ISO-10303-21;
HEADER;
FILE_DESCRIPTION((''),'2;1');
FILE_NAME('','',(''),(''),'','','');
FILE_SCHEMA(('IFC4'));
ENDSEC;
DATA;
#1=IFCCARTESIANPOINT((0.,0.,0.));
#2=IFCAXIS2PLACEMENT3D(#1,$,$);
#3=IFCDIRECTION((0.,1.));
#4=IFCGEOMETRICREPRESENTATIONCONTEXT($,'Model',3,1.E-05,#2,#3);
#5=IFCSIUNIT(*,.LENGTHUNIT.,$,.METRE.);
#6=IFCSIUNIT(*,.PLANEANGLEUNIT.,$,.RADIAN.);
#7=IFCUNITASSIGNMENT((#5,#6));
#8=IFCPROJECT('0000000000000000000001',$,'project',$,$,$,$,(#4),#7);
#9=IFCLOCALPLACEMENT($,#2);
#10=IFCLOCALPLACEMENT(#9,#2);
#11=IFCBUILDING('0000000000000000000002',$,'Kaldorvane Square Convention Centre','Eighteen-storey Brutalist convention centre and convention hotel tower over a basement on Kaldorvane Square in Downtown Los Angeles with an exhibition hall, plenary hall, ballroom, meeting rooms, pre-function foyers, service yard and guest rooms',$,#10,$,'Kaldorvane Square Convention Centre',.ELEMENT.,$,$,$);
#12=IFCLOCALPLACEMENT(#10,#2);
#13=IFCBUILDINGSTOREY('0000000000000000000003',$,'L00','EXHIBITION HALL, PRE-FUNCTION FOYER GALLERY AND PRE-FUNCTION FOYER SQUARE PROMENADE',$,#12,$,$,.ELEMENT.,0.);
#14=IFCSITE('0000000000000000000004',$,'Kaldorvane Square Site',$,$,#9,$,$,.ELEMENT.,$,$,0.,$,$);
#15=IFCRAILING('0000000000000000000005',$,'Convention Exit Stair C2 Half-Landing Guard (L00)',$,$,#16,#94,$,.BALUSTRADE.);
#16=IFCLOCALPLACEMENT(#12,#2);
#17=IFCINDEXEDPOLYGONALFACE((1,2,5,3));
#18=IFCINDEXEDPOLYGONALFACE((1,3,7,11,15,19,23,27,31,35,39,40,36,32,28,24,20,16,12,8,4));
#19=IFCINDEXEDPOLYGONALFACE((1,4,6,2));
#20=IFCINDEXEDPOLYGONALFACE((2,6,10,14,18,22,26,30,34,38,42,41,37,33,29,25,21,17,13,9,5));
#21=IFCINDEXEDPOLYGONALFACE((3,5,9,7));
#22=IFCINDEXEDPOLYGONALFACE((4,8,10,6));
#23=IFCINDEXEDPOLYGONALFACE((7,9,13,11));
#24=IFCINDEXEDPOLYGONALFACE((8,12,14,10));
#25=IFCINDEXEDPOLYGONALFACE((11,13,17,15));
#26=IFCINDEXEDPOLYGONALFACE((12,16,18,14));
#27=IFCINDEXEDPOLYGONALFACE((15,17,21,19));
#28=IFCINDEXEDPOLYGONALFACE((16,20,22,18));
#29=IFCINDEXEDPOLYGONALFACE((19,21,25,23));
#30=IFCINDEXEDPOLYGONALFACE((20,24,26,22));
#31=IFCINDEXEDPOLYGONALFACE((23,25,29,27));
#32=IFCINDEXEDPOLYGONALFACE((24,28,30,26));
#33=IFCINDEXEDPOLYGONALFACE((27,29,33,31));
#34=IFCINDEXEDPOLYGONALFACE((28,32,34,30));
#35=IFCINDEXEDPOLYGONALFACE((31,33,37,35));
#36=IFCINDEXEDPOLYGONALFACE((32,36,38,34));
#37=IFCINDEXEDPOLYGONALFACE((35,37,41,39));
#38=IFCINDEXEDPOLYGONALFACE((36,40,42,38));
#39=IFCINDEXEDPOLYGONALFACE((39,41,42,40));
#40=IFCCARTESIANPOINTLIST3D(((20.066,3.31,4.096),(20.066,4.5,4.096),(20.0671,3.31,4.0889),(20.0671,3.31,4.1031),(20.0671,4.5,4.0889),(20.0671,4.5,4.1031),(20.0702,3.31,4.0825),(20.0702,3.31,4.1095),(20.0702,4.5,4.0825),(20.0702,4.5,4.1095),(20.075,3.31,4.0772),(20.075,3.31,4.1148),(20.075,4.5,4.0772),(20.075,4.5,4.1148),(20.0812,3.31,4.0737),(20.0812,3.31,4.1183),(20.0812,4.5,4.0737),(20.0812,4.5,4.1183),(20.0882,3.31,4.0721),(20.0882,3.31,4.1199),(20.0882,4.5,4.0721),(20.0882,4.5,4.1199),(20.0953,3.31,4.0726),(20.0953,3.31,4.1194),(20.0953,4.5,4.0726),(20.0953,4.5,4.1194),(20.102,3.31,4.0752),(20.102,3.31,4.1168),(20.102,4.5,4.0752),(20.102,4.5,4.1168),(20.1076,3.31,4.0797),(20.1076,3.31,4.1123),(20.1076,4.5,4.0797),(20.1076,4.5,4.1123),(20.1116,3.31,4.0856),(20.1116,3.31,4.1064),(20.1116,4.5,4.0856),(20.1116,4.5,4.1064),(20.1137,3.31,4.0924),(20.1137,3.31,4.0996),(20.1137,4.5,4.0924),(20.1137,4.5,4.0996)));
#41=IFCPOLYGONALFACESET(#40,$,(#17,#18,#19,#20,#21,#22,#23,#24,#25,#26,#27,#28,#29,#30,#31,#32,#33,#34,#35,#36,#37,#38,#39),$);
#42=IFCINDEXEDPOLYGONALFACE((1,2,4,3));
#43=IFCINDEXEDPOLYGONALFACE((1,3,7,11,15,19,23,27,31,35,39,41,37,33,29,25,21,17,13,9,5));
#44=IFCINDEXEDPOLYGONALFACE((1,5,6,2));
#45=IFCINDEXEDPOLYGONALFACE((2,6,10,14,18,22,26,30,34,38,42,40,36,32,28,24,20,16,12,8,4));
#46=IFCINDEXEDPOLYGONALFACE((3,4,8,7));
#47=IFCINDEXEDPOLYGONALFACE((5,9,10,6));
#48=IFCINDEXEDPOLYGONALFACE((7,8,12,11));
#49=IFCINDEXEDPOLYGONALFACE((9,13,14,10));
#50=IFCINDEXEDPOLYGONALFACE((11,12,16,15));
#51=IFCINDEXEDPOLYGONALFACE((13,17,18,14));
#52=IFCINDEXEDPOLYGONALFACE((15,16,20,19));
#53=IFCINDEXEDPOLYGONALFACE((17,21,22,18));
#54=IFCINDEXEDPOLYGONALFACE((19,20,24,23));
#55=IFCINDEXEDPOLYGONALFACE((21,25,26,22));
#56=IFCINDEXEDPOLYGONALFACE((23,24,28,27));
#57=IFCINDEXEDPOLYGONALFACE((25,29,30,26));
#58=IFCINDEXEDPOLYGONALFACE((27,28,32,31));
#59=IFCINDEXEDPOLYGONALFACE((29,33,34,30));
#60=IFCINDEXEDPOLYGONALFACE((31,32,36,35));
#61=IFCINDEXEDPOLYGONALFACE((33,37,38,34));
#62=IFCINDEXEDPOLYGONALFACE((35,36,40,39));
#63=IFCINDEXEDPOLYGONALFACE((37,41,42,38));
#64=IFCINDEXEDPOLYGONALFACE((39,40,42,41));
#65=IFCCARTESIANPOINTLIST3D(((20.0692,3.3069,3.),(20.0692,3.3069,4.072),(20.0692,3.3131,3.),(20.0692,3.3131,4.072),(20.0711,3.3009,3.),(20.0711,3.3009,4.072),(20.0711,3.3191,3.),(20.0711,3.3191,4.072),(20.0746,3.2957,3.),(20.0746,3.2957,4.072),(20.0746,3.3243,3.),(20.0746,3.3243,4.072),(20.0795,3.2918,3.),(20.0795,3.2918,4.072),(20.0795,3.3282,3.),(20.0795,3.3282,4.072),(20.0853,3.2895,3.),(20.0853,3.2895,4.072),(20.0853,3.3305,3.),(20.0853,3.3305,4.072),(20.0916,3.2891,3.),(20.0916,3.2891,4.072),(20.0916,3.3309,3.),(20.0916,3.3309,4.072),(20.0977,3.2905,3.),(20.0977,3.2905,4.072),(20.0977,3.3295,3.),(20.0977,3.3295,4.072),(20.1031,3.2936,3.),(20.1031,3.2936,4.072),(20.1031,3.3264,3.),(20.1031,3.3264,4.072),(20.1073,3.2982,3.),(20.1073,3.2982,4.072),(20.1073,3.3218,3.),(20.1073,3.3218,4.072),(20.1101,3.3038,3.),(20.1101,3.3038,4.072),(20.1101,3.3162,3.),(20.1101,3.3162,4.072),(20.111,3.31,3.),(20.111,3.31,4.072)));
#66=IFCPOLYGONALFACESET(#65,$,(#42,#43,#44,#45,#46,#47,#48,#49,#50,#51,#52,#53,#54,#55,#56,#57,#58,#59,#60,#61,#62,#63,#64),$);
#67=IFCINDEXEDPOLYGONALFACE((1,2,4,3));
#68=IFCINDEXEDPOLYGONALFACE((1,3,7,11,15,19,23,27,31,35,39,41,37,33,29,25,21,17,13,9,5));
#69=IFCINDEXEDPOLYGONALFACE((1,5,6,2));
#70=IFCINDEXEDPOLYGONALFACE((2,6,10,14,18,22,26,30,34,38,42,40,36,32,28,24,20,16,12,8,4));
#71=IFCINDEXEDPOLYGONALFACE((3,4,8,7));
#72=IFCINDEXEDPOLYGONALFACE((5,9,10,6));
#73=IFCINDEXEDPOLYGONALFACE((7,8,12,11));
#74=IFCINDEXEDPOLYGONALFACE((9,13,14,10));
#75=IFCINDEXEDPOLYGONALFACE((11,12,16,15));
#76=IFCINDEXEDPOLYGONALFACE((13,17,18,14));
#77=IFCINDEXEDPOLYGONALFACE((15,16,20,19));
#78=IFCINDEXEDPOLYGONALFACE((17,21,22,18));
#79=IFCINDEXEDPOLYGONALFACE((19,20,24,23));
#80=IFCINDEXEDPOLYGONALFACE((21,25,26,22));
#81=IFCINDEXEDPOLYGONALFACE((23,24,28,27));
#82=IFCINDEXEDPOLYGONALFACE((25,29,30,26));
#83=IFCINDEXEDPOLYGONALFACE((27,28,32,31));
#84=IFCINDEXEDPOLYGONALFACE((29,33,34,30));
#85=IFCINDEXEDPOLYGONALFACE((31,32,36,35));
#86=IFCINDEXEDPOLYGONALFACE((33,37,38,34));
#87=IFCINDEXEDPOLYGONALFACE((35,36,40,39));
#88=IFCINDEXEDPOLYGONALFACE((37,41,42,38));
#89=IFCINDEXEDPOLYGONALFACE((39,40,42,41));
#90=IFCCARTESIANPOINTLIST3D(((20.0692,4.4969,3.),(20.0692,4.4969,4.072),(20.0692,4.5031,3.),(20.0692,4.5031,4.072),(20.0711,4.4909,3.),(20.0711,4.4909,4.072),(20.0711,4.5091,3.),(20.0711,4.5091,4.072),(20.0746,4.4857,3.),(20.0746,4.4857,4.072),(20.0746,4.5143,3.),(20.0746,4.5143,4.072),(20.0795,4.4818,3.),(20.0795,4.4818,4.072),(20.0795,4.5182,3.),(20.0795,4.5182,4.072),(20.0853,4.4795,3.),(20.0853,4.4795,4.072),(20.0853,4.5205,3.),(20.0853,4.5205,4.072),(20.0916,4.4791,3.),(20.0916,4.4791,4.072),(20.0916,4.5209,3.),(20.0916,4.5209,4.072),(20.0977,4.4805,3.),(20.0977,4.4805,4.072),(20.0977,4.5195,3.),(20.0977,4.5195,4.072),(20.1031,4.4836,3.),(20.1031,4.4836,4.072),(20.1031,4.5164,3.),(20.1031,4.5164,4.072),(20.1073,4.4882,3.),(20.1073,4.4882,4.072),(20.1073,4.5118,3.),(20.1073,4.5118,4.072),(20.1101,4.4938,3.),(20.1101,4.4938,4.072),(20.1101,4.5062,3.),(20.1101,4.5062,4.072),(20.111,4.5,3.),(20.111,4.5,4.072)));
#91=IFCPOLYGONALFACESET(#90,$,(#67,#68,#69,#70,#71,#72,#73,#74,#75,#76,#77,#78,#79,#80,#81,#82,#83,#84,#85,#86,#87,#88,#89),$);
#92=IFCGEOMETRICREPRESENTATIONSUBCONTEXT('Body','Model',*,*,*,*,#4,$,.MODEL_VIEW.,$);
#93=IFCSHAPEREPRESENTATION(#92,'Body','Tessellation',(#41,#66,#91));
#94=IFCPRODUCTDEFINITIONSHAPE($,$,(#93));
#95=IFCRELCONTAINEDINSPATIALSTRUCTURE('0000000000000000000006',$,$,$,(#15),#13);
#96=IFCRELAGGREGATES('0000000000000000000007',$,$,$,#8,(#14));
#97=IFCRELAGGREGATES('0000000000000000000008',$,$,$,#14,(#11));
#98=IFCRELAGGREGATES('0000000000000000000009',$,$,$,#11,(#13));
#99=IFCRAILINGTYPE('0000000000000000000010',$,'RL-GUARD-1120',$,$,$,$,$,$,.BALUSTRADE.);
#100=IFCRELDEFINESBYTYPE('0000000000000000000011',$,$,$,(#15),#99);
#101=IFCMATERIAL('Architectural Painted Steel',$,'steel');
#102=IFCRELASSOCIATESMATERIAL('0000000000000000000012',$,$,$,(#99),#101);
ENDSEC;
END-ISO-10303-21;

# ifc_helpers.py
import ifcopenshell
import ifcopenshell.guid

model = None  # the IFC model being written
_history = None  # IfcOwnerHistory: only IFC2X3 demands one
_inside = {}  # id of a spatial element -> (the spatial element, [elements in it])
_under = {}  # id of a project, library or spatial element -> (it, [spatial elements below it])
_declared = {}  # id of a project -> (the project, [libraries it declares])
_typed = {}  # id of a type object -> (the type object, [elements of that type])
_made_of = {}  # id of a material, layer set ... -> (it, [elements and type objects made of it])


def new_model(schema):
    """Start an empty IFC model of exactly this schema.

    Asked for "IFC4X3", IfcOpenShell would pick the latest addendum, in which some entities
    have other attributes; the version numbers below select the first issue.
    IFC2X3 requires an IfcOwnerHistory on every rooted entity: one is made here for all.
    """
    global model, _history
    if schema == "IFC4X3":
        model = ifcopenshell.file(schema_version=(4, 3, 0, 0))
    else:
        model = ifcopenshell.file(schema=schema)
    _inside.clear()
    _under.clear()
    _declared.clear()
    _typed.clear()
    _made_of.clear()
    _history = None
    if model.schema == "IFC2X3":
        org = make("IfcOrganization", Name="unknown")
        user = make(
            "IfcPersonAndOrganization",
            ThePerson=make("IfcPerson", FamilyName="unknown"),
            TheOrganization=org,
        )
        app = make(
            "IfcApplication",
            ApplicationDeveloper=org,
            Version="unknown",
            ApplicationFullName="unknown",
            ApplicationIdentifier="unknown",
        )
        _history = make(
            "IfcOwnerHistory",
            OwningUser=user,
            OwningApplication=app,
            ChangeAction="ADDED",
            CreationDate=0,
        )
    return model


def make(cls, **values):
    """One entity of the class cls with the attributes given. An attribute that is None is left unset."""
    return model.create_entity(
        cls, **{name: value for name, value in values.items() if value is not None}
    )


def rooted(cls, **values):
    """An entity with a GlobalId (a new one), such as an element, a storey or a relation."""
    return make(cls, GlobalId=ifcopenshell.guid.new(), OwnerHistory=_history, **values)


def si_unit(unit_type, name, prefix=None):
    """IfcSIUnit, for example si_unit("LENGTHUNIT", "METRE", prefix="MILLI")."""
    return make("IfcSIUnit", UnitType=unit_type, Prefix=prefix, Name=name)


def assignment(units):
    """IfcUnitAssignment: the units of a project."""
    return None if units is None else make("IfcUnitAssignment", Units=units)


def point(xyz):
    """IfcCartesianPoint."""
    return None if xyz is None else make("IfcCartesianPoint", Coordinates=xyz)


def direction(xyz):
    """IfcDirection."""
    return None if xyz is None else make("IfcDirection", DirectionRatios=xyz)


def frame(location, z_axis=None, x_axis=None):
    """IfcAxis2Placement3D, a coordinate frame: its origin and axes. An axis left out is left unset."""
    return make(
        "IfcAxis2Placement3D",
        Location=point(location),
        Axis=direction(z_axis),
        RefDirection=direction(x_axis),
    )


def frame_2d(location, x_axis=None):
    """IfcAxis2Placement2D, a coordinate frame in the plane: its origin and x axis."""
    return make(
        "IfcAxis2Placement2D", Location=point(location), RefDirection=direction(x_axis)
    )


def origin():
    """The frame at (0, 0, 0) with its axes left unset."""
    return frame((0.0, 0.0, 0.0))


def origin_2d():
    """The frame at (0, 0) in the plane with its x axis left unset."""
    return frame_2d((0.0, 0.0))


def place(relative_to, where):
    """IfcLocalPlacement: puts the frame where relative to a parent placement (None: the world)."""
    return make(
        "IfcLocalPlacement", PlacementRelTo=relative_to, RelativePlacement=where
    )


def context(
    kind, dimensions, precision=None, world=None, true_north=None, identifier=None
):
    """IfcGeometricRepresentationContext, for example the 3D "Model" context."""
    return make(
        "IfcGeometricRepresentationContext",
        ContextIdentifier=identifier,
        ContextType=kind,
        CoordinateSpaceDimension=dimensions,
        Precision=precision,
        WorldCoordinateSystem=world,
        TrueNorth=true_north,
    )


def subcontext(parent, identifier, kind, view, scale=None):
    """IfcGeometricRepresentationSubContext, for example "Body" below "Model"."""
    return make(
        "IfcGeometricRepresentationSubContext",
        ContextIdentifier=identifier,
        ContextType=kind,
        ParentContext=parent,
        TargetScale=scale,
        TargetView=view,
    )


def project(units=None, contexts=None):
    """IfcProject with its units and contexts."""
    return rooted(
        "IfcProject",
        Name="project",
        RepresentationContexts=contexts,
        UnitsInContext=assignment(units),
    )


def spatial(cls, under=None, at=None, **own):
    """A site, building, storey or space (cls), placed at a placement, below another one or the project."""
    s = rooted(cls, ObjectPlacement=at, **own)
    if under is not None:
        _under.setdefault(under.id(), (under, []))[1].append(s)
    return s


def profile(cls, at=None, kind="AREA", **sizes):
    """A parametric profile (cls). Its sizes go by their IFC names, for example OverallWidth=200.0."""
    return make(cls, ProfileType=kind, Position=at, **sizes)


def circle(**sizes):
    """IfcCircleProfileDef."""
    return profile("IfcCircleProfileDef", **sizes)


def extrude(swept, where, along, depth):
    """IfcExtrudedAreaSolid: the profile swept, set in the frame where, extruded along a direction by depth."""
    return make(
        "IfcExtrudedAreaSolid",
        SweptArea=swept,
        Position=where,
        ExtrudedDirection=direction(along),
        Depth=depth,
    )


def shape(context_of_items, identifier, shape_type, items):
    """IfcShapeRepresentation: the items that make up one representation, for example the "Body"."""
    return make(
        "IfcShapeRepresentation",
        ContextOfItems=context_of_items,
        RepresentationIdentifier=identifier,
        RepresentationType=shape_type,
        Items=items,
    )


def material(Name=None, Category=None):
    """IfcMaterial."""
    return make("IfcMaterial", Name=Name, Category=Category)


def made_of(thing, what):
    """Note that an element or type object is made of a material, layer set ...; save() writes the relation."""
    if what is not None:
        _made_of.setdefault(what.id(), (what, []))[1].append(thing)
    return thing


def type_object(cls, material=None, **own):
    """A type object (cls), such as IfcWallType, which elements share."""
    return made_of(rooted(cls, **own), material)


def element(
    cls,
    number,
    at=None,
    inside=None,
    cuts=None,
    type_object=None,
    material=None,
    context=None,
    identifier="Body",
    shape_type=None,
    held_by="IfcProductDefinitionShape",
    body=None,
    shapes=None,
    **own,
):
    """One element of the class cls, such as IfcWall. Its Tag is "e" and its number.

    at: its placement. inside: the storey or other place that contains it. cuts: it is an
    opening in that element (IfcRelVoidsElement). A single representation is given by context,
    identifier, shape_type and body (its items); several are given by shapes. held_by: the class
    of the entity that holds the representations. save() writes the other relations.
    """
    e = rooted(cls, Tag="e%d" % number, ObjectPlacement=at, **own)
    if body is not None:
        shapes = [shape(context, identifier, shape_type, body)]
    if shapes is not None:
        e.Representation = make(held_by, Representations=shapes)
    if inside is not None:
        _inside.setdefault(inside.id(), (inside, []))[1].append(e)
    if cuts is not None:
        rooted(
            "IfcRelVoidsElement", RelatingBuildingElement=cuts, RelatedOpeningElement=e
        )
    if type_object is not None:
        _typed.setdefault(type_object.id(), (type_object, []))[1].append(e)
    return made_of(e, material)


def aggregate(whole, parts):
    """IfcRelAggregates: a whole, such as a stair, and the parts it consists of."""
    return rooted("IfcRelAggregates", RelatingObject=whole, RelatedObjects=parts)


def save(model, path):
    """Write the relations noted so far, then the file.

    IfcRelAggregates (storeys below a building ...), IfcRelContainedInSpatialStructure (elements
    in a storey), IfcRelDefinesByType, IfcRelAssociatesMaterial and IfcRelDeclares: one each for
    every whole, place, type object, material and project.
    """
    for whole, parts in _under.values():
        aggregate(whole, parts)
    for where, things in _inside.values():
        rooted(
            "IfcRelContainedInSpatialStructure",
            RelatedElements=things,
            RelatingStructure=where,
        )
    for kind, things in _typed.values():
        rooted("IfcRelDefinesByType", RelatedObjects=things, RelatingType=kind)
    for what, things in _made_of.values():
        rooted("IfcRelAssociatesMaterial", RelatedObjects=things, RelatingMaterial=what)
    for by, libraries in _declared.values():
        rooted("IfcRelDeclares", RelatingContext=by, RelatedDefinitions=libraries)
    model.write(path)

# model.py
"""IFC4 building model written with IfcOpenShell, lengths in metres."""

from ifc_helpers import new_model, si_unit, direction, frame, origin, origin_2d, place, context, subcontext, project, spatial, circle, extrude, material, type_object, element, save


model = new_model("IFC4")

# Units and contexts
model_context = context("Model", 3, precision=1e-05, world=origin(), true_north=direction((0.0, 1.0)))
body_context = subcontext(model_context, "Body", "Model", "MODEL_VIEW")
ifc_project = project(units=[si_unit("LENGTHUNIT", "METRE"), si_unit("PLANEANGLEUNIT", "RADIAN")], contexts=[model_context])

# Site, building, storey
site_placement = place(None, origin())
site = spatial("IfcSite", under=ifc_project, at=site_placement, Name="Kaldorvane Square Site", CompositionType="ELEMENT", RefElevation=0.0)
building_placement = place(site_placement, origin())
building = spatial("IfcBuilding", under=site, at=building_placement, Name="Kaldorvane Square Convention Centre", Description="Eighteen-storey Brutalist convention centre and convention hotel tower over a basement on Kaldorvane Square in Downtown Los Angeles with an exhibition hall, plenary hall, ballroom, meeting rooms, pre-function foyers, service yard and guest rooms", LongName="Kaldorvane Square Convention Centre", CompositionType="ELEMENT")
storey_placement = place(building_placement, origin())
storey = spatial("IfcBuildingStorey", under=building, at=storey_placement, Name="L00", Description="EXHIBITION HALL, PRE-FUNCTION FOYER GALLERY AND PRE-FUNCTION FOYER SQUARE PROMENADE", CompositionType="ELEMENT", Elevation=0.0)

# Railing
ifc_material_1 = material(Name="Architectural Painted Steel", Category="steel")
railing_type_1 = type_object("IfcRailingType", Name="RL-GUARD-1120", PredefinedType="BALUSTRADE", material=ifc_material_1)
for number, where, name in (
    (1, (20.09, 3.31, 3.0), "Convention Exit Stair C2 Half-Landing Guard (L00)"),
):
    element("IfcRailing", number, at=place(storey_placement, frame(where)), inside=storey, type_object=railing_type_1, Name=name, PredefinedType="BALUSTRADE", context=body_context, shape_type="SweptSolid", body=[
        extrude(circle(Radius=0.024, at=origin_2d()), frame((0.0, 0.0, 1.096), z_axis=(0.0, 1.0, 0.0), x_axis=(-1.0, 0.0, 0.0)), (0.0, 0.0, 1.0), 1.19),
        extrude(circle(Radius=0.021, at=origin_2d()), origin(), (0.0, 0.0, 1.0), 1.072),
        extrude(circle(Radius=0.021, at=origin_2d()), frame((0.0, 1.19, 0.0)), (0.0, 0.0, 1.0), 1.072),
    ])

save(model, "model.ifc")
